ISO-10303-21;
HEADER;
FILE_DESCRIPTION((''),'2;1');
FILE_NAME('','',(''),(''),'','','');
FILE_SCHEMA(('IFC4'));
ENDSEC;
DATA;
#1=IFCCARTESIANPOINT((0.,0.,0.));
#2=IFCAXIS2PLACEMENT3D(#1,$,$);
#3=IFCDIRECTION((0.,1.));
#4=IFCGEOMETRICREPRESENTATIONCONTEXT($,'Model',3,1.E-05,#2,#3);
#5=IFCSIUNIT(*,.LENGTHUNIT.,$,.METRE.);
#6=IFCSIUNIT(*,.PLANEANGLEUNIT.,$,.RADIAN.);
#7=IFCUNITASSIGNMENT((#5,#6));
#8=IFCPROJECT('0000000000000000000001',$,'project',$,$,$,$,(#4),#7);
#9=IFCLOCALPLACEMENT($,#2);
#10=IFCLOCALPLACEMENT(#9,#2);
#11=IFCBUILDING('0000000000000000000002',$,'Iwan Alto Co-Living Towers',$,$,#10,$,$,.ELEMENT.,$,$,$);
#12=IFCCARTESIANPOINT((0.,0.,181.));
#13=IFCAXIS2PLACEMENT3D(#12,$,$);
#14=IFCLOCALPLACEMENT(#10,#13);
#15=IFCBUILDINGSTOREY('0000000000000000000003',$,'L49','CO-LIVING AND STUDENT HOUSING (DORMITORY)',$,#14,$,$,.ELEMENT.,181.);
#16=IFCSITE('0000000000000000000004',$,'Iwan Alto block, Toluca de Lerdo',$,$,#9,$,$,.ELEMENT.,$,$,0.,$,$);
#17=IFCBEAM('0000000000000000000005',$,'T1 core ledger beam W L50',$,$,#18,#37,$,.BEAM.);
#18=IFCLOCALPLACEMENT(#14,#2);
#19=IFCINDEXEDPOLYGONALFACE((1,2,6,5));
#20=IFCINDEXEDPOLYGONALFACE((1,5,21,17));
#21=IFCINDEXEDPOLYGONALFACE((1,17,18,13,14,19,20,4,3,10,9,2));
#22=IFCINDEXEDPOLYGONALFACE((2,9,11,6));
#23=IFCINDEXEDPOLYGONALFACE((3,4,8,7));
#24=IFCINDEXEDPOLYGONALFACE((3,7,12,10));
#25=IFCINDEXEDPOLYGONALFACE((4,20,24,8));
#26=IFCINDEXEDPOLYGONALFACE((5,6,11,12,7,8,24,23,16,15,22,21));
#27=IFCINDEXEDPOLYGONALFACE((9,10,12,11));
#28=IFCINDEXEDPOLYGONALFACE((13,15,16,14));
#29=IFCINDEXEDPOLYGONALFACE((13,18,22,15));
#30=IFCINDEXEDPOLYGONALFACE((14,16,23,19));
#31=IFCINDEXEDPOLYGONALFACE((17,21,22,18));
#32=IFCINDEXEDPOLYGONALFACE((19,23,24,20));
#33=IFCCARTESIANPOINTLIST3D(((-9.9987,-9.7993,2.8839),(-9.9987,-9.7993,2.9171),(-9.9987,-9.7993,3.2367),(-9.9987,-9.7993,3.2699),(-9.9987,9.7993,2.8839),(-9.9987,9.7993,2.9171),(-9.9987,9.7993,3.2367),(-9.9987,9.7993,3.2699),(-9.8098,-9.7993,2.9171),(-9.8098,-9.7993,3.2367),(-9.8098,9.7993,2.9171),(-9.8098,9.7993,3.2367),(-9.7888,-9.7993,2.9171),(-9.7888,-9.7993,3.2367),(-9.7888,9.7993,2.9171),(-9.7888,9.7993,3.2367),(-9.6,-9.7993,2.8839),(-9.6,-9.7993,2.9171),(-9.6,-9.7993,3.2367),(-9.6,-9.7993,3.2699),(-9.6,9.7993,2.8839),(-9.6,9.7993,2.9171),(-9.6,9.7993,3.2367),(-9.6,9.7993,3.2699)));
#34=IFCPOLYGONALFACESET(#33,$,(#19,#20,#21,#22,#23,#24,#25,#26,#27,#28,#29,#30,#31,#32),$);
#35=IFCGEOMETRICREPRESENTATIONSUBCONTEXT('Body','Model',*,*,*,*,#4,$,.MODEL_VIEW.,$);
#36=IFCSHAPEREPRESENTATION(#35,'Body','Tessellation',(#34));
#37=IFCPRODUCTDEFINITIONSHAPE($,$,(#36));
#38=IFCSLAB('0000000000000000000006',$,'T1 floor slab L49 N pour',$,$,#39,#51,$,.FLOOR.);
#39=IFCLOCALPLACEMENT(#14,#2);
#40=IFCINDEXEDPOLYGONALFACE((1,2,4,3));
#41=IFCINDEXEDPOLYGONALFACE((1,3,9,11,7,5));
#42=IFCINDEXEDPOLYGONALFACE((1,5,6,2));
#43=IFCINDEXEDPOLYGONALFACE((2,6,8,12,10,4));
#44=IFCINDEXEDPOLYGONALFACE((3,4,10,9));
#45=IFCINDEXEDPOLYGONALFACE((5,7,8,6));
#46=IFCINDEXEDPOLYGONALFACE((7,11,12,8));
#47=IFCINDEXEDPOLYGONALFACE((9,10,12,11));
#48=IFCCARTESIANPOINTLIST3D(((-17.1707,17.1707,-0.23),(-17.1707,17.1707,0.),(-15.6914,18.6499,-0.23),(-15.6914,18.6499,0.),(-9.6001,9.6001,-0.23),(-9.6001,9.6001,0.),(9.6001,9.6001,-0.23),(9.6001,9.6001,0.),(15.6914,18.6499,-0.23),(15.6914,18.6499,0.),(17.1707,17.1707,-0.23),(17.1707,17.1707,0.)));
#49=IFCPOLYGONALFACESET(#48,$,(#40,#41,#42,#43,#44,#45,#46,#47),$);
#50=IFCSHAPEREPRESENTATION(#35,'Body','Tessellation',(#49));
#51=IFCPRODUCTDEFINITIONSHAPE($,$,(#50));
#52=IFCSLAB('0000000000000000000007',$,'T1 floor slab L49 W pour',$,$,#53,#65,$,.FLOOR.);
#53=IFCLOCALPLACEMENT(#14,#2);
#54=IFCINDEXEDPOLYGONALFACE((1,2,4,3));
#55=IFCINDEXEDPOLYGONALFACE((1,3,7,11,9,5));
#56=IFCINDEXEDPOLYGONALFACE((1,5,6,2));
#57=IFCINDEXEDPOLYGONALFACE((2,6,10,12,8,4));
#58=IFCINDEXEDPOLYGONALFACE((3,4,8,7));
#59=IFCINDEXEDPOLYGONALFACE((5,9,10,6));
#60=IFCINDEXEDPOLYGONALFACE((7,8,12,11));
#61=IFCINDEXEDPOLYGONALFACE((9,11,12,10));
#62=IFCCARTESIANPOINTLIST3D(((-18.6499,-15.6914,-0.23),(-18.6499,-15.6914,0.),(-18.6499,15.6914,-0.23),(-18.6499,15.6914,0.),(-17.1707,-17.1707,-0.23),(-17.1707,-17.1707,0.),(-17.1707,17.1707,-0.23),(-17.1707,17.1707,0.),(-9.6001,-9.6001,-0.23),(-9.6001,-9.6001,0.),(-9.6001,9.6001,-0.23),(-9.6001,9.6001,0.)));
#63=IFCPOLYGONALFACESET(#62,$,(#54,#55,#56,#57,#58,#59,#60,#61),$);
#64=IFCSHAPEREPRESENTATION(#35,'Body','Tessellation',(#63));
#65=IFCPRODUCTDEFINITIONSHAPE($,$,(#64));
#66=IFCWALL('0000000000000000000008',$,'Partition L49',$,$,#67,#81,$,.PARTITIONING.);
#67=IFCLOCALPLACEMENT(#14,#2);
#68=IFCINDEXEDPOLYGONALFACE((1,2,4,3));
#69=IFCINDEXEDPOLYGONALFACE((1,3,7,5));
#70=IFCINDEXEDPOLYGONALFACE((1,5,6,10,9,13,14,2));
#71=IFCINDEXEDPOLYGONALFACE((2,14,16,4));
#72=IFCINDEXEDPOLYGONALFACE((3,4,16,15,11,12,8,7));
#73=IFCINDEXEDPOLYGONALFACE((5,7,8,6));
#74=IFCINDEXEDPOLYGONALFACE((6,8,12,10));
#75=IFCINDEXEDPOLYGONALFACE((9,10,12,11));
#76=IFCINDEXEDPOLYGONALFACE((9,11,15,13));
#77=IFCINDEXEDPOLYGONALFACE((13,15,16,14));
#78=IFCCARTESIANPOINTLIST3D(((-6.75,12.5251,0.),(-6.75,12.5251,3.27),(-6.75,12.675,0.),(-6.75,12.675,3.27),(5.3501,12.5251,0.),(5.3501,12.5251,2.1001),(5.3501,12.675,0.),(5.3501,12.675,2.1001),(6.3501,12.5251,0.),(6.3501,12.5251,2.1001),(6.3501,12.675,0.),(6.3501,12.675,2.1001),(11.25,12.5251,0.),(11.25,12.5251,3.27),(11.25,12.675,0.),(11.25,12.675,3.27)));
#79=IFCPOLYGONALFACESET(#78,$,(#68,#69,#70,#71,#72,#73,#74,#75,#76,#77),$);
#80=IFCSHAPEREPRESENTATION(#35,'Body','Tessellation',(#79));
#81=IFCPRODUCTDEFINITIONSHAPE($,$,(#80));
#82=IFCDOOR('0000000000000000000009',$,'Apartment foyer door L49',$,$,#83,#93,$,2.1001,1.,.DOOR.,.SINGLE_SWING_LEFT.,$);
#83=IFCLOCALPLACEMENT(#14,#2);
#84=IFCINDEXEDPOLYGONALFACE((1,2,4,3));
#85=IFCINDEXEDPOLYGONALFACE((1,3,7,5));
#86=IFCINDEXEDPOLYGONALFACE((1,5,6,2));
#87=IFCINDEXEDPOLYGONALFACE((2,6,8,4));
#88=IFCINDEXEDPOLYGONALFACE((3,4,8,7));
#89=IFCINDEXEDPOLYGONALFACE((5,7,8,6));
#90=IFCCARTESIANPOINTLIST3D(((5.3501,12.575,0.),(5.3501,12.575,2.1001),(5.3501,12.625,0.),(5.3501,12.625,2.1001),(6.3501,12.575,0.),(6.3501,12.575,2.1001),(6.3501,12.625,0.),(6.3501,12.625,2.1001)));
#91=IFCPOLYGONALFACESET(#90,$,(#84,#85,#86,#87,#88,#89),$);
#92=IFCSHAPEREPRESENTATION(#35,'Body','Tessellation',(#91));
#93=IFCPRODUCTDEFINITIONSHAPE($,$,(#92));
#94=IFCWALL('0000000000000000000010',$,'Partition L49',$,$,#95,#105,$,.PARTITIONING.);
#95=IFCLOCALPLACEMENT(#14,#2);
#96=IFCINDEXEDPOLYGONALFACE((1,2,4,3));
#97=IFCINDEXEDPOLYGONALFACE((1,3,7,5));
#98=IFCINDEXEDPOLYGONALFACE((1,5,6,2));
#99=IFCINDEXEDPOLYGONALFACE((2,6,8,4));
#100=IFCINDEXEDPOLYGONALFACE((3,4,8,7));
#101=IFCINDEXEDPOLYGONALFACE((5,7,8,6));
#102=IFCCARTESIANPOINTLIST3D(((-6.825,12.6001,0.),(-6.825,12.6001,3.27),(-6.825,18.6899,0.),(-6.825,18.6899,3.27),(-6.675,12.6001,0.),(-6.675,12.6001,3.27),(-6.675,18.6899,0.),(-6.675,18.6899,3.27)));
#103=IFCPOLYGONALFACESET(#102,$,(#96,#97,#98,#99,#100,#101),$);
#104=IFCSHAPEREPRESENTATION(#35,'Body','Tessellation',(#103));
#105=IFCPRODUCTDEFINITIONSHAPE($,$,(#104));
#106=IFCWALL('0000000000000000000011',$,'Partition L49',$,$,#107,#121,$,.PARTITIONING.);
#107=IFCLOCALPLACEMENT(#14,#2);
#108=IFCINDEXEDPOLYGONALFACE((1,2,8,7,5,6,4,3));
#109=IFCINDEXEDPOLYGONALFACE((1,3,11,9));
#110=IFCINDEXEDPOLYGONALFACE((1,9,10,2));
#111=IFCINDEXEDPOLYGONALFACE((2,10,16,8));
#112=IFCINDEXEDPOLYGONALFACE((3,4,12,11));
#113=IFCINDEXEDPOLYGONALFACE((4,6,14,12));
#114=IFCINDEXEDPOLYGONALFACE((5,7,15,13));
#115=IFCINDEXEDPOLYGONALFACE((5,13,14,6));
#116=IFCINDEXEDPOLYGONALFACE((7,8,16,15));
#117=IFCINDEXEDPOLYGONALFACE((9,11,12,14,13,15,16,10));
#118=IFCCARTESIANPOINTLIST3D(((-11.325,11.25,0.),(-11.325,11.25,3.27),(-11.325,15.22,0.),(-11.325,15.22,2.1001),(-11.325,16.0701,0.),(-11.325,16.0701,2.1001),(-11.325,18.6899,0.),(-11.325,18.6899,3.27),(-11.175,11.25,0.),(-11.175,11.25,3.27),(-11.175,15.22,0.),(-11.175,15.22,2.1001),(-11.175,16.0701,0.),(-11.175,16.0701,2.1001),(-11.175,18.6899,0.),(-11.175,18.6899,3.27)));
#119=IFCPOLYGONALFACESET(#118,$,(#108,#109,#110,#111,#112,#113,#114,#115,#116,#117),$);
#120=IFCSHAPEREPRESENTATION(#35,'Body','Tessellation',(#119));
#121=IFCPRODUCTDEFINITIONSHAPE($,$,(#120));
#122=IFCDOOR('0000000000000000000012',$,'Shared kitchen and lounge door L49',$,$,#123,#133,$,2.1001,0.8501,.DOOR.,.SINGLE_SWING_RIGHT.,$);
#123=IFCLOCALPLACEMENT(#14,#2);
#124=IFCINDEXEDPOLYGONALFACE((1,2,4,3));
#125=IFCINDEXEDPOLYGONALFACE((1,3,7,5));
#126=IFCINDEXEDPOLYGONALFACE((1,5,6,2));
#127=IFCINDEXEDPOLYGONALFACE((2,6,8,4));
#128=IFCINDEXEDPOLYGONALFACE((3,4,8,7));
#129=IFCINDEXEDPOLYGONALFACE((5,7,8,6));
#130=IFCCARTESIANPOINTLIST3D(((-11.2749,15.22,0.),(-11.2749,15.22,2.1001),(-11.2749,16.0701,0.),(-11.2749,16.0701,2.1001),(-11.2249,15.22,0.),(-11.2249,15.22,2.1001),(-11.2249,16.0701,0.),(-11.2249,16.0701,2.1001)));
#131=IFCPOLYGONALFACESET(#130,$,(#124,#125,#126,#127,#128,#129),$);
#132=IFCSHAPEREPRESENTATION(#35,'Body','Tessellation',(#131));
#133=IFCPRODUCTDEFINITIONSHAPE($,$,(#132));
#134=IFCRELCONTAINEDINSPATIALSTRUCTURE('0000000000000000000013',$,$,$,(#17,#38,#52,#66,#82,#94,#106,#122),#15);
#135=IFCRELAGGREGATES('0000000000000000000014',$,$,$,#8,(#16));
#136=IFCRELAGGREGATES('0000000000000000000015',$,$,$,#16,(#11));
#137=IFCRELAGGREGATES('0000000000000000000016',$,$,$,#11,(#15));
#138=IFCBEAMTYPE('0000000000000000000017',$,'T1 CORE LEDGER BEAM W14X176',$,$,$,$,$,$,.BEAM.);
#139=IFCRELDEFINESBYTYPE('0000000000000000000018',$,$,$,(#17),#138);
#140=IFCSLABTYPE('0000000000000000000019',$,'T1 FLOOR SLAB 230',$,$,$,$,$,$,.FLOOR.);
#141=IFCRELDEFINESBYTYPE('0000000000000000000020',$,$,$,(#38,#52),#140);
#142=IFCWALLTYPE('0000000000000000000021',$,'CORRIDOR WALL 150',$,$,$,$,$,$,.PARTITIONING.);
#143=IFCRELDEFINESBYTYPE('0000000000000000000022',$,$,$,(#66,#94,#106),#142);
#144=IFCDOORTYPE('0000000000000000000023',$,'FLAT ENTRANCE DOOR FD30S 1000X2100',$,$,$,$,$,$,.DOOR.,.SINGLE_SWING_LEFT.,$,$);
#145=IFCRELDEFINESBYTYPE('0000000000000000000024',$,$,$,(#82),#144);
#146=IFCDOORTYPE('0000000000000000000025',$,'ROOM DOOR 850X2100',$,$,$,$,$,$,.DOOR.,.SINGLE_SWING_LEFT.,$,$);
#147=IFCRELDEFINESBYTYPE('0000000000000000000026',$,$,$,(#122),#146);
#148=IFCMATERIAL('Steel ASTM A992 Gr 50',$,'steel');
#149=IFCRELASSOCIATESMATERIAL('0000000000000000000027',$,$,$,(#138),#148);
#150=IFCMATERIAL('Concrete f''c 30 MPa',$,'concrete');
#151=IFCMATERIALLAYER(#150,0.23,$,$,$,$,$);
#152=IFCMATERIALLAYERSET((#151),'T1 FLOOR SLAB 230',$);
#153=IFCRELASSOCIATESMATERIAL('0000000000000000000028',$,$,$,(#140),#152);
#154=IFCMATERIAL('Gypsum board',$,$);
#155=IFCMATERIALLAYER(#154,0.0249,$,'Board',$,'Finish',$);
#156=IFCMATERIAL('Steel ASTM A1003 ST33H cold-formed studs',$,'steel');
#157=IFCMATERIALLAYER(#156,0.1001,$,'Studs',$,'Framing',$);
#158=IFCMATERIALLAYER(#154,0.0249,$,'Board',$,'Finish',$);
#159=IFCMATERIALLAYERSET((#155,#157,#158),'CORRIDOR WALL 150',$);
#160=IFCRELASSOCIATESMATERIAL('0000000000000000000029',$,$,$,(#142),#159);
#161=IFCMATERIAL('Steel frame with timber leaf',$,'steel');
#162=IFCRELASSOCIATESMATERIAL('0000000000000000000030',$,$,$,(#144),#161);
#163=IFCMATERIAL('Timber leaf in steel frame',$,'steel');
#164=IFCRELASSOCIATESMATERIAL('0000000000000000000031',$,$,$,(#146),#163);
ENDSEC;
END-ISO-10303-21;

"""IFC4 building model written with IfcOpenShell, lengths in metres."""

from ifc_helpers import new_model, si_unit, direction, frame, frame_2d, origin, origin_2d, place, context, subcontext, project, spatial, polyline, rectangle, i_section, outline, extrude, material, layer, layer_set, material_profile, profile_set, type_object, element, fill, save


model = new_model("IFC4")

# Units and contexts
model_context = context("Model", 3, precision=1e-05, world=origin(), true_north=direction((0.0, 1.0)))
body_context = subcontext(model_context, "Body", "Model", "MODEL_VIEW")
ifc_project = project(units=[si_unit("LENGTHUNIT", "METRE"), si_unit("PLANEANGLEUNIT", "RADIAN")], contexts=[model_context])

# Site, building, storey
site_placement = place(None, origin())
site = spatial("IfcSite", under=ifc_project, at=site_placement, Name="Iwan Alto block, Toluca de Lerdo", CompositionType="ELEMENT", RefElevation=0.0)
building_placement = place(site_placement, origin())
building = spatial("IfcBuilding", under=site, at=building_placement, Name="Iwan Alto Co-Living Towers", CompositionType="ELEMENT")
storey_placement = place(building_placement, frame((0.0, 0.0, 181.0)))
storey = spatial("IfcBuildingStorey", under=building, at=storey_placement, Name="L49", Description="CO-LIVING AND STUDENT HOUSING (DORMITORY)", CompositionType="ELEMENT", Elevation=181.0)

# Beam
ifc_material_1 = material(Name="Steel ASTM A992 Gr 50", Category="steel")
ifc_material_profile = material_profile(ifc_material_1, i_section(OverallWidth=0.3987, OverallDepth=0.386, WebThickness=0.021, FlangeThickness=0.0332, at=origin_2d()), Name="W14X176")
ifc_profile_set = profile_set([ifc_material_profile], Name="Steel ASTM A992 Gr 50")
beam_type = type_object("IfcBeamType", Name="T1 CORE LEDGER BEAM W14X176", PredefinedType="BEAM", material=ifc_profile_set)
beam_placement = place(storey_placement, frame((-9.7993, 9.7993, 3.0769), z_axis=(0.0, -1.0, 0.0), x_axis=(1.0, 0.0, 0.0)))
element("IfcBeam", 1, at=beam_placement, inside=storey, type_object=beam_type, Name="T1 core ledger beam W L50", PredefinedType="BEAM", context=body_context, shape_type="SweptSolid", body=[
    extrude(i_section(OverallWidth=0.3987, OverallDepth=0.386, WebThickness=0.021, FlangeThickness=0.0332, at=origin_2d()), origin(), (0.0, 0.0, 1.0), 19.5986),
])

# Slabs
ifc_material_2 = material(Name="Concrete f'c 30 MPa", Category="concrete")
ifc_layer_1 = layer(ifc_material_2, 0.23)
ifc_layer_set_1 = layer_set([ifc_layer_1], Name="T1 FLOOR SLAB 230")
slab_type = type_object("IfcSlabType", Name="T1 FLOOR SLAB 230", PredefinedType="FLOOR", material=ifc_layer_set_1)
slab_1_placement = place(storey_placement, frame((0.0, 0.0, -0.23)))
element("IfcSlab", 2, at=slab_1_placement, inside=storey, type_object=slab_type, Name="T1 floor slab L49 N pour", PredefinedType="FLOOR", context=body_context, shape_type="SweptSolid", body=[
    extrude(outline(polyline([(-15.6914, 18.6499), (15.6914, 18.6499), (17.1707, 17.1707), (9.6001, 9.6001), (-9.6001, 9.6001), (-17.1707, 17.1707), (-15.6914, 18.6499)])), origin(), (0.0, 0.0, 1.0), 0.23),
])
slab_2_placement = place(storey_placement, frame((0.0, 0.0, -0.23)))
element("IfcSlab", 3, at=slab_2_placement, inside=storey, type_object=slab_type, Name="T1 floor slab L49 W pour", PredefinedType="FLOOR", context=body_context, shape_type="SweptSolid", body=[
    extrude(outline(polyline([(-18.6499, 15.6914), (-17.1707, 17.1707), (-9.6001, 9.6001), (-9.6001, -9.6001), (-17.1707, -17.1707), (-18.6499, -15.6914), (-18.6499, 15.6914)])), origin(), (0.0, 0.0, 1.0), 0.23),
])

# Wall, opening, door
ifc_material_3 = material(Name="Gypsum board")
ifc_layer_2 = layer(ifc_material_3, 0.0249, Name="Board", Category="Finish")
ifc_material_4 = material(Name="Steel ASTM A1003 ST33H cold-formed studs", Category="steel")
ifc_layer_3 = layer(ifc_material_4, 0.1001, Name="Studs", Category="Framing")
ifc_layer_4 = layer(ifc_material_3, 0.0249, Name="Board", Category="Finish")
ifc_layer_set_2 = layer_set([ifc_layer_2, ifc_layer_3, ifc_layer_4], Name="CORRIDOR WALL 150")
wall_type_1 = type_object("IfcWallType", Name="CORRIDOR WALL 150", PredefinedType="PARTITIONING", material=ifc_layer_set_2)
wall_1_placement = place(storey_placement, frame((-6.75, 12.6001, 0.0), z_axis=(0.0, 0.0, 1.0), x_axis=(1.0, 0.0, 0.0)))
wall_1 = element("IfcWall", 4, at=wall_1_placement, inside=storey, type_object=wall_type_1, Name="Partition L49", PredefinedType="PARTITIONING", context=body_context, shape_type="SweptSolid", body=[
    extrude(rectangle(XDim=18.0, YDim=0.1499, at=frame_2d((9.0, 0.0))), origin(), (0.0, 0.0, 1.0), 3.27),
])
opening_1_placement = place(wall_1_placement, frame((12.1001, 0.0, 0.0)))
opening_1 = element("IfcOpeningElement", 5, at=opening_1_placement, cuts=wall_1, PredefinedType="OPENING", context=body_context, shape_type="SweptSolid", body=[
    extrude(rectangle(XDim=1.0, YDim=2.1001, at=frame_2d((0.5, 1.05))), frame((0.0, 0.085, 0.0), z_axis=(0.0, -1.0, 0.0), x_axis=(1.0, 0.0, 0.0)), (0.0, 0.0, 1.0), 0.1699),
])
ifc_material_5 = material(Name="Steel frame with timber leaf", Category="steel")
door_type_1 = type_object("IfcDoorType", Name="FLAT ENTRANCE DOOR FD30S 1000X2100", OperationType="SINGLE_SWING_LEFT", PredefinedType="DOOR", material=ifc_material_5)
door_1_placement = place(opening_1_placement, origin())
door_1 = element("IfcDoor", 6, at=door_1_placement, inside=storey, type_object=door_type_1, Name="Apartment foyer door L49", OperationType="SINGLE_SWING_LEFT", OverallHeight=2.1001, OverallWidth=1.0, PredefinedType="DOOR", context=body_context, shape_type="SweptSolid", body=[
    extrude(rectangle(XDim=1.0, YDim=2.1001, at=frame_2d((0.5, 1.05))), frame((0.0, 0.0249, 0.0), z_axis=(0.0, -1.0, 0.0), x_axis=(1.0, 0.0, 0.0)), (0.0, 0.0, 1.0), 0.05),
])
fill(opening_1, door_1)

# Wall
wall_2_placement = place(storey_placement, frame((-6.75, 12.6001, 0.0), z_axis=(0.0, 0.0, 1.0), x_axis=(0.0, 1.0, 0.0)))
element("IfcWall", 7, at=wall_2_placement, inside=storey, type_object=wall_type_1, Name="Partition L49", PredefinedType="PARTITIONING", context=body_context, shape_type="SweptSolid", body=[
    extrude(rectangle(XDim=6.0898, YDim=0.1499, at=frame_2d((3.0449, 0.0))), origin(), (0.0, 0.0, 1.0), 3.27),
])

# Wall, opening, door
wall_3_placement = place(storey_placement, frame((-11.25, 11.25, 0.0), z_axis=(0.0, 0.0, 1.0), x_axis=(0.0, 1.0, 0.0)))
wall_3 = element("IfcWall", 8, at=wall_3_placement, inside=storey, type_object=wall_type_1, Name="Partition L49", PredefinedType="PARTITIONING", context=body_context, shape_type="SweptSolid", body=[
    extrude(rectangle(XDim=7.4399, YDim=0.1499, at=frame_2d((3.72, 0.0))), origin(), (0.0, 0.0, 1.0), 3.27),
])
opening_2_placement = place(wall_3_placement, frame((3.97, 0.0, 0.0)))
opening_2 = element("IfcOpeningElement", 9, at=opening_2_placement, cuts=wall_3, PredefinedType="OPENING", context=body_context, shape_type="SweptSolid", body=[
    extrude(rectangle(XDim=0.8501, YDim=2.1001, at=frame_2d((0.425, 1.05))), frame((0.0, 0.085, 0.0), z_axis=(0.0, -1.0, 0.0), x_axis=(1.0, 0.0, 0.0)), (0.0, 0.0, 1.0), 0.1699),
])
ifc_material_6 = material(Name="Timber leaf in steel frame", Category="steel")
door_type_2 = type_object("IfcDoorType", Name="ROOM DOOR 850X2100", OperationType="SINGLE_SWING_LEFT", PredefinedType="DOOR", material=ifc_material_6)
door_2_placement = place(opening_2_placement, origin())
door_2 = element("IfcDoor", 10, at=door_2_placement, inside=storey, type_object=door_type_2, Name="Shared kitchen and lounge door L49", OperationType="SINGLE_SWING_RIGHT", OverallHeight=2.1001, OverallWidth=0.8501, PredefinedType="DOOR", context=body_context, shape_type="SweptSolid", body=[
    extrude(rectangle(XDim=0.8501, YDim=2.1001, at=frame_2d((0.425, 1.05))), frame((0.0, 0.0249, 0.0), z_axis=(0.0, -1.0, 0.0), x_axis=(1.0, 0.0, 0.0)), (0.0, 0.0, 1.0), 0.05),
])
fill(opening_2, door_2)

save(model, "model.ifc")
